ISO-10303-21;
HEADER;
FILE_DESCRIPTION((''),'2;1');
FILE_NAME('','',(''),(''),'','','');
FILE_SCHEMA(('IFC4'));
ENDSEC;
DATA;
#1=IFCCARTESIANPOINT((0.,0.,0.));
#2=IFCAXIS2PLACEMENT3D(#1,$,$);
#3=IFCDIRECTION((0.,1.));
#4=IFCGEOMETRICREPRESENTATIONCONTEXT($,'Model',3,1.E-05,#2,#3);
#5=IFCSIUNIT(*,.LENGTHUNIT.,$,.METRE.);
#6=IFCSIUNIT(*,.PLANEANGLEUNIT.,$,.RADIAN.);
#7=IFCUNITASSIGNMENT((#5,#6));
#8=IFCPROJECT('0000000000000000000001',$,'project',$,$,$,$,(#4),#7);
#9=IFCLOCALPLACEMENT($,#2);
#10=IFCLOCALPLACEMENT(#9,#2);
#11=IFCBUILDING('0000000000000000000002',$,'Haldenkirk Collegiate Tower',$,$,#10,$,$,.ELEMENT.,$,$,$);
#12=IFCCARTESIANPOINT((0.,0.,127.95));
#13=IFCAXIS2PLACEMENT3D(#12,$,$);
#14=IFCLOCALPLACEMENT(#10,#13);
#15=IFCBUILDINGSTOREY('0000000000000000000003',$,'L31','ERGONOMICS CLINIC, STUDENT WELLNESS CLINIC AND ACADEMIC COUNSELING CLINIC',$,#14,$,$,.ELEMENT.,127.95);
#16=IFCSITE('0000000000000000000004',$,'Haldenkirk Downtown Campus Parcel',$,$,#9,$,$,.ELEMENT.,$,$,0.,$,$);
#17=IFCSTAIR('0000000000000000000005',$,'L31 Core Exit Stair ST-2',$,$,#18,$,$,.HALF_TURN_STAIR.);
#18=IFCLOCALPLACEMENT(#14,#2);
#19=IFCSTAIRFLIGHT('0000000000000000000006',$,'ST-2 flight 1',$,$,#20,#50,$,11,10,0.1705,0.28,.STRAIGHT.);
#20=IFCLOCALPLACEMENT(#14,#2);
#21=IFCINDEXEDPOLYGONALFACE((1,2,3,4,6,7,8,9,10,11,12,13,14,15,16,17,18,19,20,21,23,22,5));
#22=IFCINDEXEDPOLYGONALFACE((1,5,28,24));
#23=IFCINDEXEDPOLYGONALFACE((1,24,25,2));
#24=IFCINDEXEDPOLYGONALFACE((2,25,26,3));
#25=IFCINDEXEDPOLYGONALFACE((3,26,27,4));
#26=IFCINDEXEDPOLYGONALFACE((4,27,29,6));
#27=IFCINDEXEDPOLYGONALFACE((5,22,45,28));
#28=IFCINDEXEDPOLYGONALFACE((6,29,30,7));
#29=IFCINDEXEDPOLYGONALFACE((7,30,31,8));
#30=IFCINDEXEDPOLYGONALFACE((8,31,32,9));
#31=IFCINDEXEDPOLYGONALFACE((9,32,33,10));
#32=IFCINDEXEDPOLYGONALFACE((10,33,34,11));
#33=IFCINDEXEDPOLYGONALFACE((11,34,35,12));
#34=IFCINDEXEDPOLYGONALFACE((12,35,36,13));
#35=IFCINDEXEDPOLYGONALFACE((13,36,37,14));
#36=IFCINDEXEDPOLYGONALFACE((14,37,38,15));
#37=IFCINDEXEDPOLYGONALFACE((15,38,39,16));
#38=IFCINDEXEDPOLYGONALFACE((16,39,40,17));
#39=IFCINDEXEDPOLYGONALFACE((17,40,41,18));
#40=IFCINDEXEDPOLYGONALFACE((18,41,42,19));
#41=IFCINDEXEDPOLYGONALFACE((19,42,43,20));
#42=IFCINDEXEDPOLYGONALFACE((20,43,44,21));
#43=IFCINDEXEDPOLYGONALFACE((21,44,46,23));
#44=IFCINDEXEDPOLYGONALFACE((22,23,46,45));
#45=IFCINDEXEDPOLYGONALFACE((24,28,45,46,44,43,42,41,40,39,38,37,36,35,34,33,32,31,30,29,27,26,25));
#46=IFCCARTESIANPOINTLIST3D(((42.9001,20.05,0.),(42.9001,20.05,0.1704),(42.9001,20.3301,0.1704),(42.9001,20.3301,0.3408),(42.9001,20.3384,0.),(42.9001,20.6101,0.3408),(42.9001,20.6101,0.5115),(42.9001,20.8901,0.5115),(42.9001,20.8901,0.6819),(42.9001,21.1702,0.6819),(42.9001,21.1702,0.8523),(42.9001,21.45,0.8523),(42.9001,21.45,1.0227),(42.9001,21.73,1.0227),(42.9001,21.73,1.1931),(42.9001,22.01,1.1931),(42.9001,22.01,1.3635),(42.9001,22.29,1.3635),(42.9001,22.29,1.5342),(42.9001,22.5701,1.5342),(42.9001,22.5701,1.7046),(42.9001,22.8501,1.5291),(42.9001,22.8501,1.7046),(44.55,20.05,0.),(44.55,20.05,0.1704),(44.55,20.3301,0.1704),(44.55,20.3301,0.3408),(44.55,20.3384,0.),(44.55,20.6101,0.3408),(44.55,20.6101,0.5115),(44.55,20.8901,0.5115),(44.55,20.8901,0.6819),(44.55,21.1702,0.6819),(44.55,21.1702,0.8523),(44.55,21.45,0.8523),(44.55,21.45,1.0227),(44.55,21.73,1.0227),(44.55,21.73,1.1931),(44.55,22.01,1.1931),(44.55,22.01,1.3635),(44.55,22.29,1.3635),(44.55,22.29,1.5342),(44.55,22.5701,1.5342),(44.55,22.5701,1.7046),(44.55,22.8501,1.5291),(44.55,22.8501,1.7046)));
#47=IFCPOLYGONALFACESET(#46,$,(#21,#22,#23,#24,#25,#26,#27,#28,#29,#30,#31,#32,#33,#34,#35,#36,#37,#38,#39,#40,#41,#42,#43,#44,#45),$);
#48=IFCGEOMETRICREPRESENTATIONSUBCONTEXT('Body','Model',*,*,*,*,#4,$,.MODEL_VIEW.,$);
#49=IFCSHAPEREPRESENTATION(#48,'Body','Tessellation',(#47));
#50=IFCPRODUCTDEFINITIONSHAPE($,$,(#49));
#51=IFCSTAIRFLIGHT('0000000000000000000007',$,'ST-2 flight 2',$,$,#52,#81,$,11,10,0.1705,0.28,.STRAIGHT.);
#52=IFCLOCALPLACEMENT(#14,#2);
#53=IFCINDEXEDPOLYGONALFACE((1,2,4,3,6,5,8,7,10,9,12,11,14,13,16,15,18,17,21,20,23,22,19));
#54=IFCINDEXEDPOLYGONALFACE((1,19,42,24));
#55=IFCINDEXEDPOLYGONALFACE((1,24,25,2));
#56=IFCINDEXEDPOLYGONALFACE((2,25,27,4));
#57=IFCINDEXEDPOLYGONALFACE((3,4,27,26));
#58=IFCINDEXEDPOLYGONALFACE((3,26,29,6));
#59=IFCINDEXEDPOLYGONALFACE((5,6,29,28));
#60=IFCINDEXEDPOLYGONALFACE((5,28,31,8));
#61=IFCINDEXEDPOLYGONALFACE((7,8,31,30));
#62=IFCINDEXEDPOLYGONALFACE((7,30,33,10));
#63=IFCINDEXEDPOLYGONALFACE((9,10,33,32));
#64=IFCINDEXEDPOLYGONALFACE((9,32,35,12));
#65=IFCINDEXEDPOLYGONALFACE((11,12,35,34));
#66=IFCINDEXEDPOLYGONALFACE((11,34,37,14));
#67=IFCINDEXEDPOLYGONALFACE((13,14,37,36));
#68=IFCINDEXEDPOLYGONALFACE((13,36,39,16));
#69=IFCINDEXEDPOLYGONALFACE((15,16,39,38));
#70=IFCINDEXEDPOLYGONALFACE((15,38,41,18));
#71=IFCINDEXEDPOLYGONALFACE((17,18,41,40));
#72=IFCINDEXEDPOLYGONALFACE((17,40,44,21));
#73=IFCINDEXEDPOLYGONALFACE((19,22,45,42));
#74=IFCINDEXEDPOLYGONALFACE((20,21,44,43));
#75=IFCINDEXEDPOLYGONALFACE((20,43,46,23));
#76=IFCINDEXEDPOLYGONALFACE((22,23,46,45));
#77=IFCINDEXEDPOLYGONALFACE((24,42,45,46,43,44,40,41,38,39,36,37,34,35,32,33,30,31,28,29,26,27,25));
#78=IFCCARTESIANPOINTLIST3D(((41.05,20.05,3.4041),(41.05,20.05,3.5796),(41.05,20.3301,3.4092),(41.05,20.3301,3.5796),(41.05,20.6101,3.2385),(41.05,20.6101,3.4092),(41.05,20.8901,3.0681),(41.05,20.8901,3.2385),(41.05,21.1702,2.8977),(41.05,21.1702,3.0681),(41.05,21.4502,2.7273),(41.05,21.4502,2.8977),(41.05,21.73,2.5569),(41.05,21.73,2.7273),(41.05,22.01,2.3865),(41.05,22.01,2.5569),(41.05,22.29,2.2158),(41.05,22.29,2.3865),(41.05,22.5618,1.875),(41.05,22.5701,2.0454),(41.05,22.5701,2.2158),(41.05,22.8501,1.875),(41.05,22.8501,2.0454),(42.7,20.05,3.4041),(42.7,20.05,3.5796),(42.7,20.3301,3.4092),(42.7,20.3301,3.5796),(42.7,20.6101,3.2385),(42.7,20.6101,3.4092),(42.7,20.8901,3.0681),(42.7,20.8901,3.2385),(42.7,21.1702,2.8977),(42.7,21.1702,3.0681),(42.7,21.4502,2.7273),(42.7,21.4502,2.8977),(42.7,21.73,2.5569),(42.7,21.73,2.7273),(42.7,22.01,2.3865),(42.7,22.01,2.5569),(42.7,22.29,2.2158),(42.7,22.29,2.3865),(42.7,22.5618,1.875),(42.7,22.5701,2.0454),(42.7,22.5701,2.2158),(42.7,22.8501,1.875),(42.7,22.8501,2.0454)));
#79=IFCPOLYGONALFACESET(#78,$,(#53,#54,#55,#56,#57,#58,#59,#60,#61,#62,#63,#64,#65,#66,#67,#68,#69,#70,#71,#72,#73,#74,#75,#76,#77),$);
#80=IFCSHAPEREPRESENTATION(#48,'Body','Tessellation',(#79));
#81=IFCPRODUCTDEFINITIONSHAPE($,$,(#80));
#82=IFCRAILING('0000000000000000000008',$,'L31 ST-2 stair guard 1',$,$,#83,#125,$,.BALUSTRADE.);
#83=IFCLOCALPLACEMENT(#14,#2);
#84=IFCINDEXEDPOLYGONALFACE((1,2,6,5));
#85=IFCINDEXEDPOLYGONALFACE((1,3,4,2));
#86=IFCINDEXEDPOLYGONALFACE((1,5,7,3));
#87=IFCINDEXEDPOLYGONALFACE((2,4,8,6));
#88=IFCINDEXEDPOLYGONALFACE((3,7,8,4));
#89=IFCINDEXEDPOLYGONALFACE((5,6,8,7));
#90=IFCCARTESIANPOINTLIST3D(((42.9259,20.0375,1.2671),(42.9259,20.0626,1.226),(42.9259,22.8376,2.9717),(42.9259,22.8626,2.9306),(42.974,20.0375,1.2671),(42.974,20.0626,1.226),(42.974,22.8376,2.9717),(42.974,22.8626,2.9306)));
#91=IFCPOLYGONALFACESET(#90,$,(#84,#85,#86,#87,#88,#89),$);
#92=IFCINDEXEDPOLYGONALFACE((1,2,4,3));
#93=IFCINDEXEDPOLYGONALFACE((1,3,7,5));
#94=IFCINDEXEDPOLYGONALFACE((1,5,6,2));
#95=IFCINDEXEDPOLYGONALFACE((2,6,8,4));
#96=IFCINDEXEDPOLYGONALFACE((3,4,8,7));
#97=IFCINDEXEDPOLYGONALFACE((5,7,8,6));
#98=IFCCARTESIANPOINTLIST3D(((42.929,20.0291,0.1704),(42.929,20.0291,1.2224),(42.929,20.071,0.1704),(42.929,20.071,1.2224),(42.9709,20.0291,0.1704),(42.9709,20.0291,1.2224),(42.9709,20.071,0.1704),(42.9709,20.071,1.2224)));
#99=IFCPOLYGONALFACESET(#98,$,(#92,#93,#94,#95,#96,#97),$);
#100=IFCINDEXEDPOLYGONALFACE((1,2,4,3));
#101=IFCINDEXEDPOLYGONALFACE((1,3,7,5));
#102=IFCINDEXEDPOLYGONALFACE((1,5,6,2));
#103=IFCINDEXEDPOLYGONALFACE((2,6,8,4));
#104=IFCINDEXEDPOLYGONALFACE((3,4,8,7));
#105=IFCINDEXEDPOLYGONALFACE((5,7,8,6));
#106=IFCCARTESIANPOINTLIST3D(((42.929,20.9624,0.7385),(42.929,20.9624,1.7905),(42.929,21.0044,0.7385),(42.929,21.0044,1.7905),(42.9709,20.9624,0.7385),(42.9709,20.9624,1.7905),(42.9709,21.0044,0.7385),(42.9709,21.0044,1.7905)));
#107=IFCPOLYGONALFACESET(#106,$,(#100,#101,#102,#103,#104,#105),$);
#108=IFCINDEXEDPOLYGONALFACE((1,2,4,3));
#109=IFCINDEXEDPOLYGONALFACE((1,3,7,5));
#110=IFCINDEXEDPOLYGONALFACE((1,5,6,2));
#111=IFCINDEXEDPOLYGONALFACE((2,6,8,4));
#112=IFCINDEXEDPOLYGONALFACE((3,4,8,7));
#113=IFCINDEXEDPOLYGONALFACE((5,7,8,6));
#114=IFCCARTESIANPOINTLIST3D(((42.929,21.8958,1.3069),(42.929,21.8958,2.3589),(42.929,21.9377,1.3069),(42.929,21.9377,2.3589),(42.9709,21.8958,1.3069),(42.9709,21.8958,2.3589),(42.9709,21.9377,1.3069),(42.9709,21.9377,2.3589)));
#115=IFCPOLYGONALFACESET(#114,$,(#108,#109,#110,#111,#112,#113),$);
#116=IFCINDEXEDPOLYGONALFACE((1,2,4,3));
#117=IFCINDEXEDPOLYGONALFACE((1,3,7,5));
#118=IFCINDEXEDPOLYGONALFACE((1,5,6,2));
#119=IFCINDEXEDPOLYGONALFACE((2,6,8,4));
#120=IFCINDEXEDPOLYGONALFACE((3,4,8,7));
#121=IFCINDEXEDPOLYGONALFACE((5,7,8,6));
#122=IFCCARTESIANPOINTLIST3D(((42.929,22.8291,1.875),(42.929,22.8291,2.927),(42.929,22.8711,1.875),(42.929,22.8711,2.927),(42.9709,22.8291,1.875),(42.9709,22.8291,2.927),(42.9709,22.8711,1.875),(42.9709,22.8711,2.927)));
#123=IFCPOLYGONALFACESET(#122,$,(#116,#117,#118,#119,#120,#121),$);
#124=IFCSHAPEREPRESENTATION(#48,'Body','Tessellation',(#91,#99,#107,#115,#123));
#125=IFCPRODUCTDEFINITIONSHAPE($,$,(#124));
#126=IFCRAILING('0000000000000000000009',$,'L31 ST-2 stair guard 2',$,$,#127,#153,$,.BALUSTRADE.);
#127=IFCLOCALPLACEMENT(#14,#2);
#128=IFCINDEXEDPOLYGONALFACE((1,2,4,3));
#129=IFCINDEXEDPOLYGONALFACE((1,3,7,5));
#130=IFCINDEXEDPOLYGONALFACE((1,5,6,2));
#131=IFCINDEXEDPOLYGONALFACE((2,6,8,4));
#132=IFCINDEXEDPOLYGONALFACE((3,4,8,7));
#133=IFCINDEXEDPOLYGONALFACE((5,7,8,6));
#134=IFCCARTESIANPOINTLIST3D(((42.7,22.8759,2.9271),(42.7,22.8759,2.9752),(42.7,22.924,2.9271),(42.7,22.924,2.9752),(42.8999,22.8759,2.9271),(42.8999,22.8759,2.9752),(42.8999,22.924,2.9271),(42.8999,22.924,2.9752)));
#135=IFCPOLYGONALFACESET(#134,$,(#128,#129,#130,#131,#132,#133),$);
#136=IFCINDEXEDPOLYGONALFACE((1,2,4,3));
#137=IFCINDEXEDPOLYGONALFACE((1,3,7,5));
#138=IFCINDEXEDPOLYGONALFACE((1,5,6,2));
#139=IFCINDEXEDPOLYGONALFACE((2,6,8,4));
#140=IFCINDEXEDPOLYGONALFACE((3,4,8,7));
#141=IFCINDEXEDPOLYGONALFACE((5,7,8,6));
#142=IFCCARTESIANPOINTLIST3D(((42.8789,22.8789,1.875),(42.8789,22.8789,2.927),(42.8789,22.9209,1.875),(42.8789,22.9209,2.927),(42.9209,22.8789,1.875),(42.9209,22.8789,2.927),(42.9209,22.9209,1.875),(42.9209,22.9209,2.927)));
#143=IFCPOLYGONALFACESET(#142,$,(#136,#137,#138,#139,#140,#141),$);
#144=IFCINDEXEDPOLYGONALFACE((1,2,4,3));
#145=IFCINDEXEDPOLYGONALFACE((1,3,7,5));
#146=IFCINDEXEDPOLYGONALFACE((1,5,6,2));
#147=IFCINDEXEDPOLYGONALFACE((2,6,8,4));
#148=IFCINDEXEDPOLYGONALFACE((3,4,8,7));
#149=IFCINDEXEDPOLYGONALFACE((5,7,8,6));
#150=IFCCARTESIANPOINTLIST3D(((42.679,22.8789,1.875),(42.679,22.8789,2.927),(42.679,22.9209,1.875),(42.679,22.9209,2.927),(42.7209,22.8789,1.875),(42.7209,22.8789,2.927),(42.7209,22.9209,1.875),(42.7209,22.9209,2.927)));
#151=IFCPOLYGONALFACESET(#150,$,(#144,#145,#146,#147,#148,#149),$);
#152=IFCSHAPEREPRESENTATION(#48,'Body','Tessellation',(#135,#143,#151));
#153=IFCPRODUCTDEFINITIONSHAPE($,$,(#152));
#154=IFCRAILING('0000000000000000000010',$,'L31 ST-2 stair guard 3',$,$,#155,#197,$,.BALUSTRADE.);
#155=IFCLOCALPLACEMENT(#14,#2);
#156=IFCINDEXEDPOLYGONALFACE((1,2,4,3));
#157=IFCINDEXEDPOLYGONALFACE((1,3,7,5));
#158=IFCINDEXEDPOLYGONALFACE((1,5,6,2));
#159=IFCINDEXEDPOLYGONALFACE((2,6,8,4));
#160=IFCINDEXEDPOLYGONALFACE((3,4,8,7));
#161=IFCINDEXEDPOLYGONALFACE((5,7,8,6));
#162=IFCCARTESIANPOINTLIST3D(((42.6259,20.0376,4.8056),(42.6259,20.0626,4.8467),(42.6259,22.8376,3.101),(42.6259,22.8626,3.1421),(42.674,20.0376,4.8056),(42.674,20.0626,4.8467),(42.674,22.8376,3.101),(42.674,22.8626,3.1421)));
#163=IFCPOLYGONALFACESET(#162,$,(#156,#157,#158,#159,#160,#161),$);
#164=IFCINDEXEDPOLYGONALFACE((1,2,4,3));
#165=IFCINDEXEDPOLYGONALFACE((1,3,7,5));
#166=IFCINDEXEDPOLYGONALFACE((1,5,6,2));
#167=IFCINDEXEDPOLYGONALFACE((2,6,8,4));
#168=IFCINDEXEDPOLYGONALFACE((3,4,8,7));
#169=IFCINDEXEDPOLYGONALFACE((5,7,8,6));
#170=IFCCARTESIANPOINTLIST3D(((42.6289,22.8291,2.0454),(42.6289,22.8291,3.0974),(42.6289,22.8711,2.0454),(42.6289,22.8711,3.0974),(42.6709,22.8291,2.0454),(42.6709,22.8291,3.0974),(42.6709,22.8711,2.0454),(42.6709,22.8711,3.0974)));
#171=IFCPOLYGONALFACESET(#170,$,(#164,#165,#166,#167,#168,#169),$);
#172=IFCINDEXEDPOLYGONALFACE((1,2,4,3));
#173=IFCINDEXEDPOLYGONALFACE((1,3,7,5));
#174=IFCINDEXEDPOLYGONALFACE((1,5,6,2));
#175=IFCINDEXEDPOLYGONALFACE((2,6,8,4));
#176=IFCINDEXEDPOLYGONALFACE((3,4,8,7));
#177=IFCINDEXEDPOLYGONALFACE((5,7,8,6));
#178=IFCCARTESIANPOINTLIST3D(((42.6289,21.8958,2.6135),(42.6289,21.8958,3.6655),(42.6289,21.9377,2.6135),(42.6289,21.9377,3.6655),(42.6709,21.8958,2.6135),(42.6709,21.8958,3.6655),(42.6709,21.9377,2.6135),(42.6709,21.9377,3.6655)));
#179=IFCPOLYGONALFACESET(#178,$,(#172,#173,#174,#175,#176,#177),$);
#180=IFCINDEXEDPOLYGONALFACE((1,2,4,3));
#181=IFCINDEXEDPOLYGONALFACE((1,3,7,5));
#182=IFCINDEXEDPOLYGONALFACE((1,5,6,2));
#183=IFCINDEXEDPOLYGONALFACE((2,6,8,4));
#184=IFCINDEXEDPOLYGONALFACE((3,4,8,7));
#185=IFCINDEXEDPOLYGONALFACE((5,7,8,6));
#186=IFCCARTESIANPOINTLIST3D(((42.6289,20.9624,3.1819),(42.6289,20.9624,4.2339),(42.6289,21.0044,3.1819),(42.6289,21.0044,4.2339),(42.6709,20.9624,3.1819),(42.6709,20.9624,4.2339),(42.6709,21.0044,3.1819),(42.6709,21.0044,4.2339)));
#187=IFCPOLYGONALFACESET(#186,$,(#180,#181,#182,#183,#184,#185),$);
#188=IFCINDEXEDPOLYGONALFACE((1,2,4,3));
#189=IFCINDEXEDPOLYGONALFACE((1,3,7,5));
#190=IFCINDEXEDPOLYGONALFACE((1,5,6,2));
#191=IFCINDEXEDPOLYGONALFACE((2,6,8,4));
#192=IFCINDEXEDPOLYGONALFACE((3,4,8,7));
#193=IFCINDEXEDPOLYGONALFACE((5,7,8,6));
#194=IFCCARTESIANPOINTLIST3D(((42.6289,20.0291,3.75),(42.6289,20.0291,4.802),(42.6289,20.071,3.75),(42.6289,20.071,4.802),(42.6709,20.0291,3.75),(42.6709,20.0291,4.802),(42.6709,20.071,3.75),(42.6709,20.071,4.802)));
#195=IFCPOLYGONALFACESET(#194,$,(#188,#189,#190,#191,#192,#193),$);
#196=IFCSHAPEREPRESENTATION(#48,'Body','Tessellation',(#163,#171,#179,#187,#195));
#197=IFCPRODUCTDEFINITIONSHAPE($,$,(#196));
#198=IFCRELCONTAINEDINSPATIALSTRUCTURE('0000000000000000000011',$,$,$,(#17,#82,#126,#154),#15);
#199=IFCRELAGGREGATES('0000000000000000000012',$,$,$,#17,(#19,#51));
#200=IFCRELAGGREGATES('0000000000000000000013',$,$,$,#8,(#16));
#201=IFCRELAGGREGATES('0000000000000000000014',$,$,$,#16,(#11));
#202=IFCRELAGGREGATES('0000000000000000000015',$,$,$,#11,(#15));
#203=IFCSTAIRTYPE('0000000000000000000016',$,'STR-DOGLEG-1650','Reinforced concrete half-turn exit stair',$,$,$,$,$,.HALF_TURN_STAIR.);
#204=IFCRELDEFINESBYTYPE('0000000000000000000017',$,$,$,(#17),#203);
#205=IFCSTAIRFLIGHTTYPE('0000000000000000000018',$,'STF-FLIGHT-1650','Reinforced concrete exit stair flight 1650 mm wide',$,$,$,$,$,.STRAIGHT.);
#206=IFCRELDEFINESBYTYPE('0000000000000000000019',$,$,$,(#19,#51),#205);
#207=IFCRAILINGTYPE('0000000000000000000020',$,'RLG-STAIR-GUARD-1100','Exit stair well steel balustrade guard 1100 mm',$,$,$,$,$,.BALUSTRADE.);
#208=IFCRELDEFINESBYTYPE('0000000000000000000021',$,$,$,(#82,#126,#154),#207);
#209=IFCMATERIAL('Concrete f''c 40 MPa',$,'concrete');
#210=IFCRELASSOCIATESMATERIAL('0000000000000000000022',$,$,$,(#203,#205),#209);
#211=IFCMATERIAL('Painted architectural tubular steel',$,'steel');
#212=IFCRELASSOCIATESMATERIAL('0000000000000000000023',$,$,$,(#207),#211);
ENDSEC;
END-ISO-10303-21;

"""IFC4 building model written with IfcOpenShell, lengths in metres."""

from ifc_helpers import new_model, si_unit, direction, frame, origin, origin_2d, place, context, subcontext, project, spatial, polyline, rectangle, outline, extrude, material, type_object, element, aggregate, save


model = new_model("IFC4")

# Units and contexts
model_context = context("Model", 3, precision=1e-05, world=origin(), true_north=direction((0.0, 1.0)))
body_context = subcontext(model_context, "Body", "Model", "MODEL_VIEW")
ifc_project = project(units=[si_unit("LENGTHUNIT", "METRE"), si_unit("PLANEANGLEUNIT", "RADIAN")], contexts=[model_context])

# Site, building, storey
site_placement = place(None, origin())
site = spatial("IfcSite", under=ifc_project, at=site_placement, Name="Haldenkirk Downtown Campus Parcel", CompositionType="ELEMENT", RefElevation=0.0)
building_placement = place(site_placement, origin())
building = spatial("IfcBuilding", under=site, at=building_placement, Name="Haldenkirk Collegiate Tower", CompositionType="ELEMENT")
storey_placement = place(building_placement, frame((0.0, 0.0, 127.95)))
storey = spatial("IfcBuildingStorey", under=building, at=storey_placement, Name="L31", Description="ERGONOMICS CLINIC, STUDENT WELLNESS CLINIC AND ACADEMIC COUNSELING CLINIC", CompositionType="ELEMENT", Elevation=127.95)

# Stair, stair flights
ifc_material_1 = material(Name="Concrete f'c 40 MPa", Category="concrete")
stair_type = type_object("IfcStairType", Name="STR-DOGLEG-1650", Description="Reinforced concrete half-turn exit stair", PredefinedType="HALF_TURN_STAIR", material=ifc_material_1)
stair_placement = place(storey_placement, origin())
stair = element("IfcStair", 1, at=stair_placement, inside=storey, type_object=stair_type, Name="L31 Core Exit Stair ST-2", PredefinedType="HALF_TURN_STAIR")
stair_flight_type = type_object("IfcStairFlightType", Name="STF-FLIGHT-1650", Description="Reinforced concrete exit stair flight 1650 mm wide", PredefinedType="STRAIGHT", material=ifc_material_1)
stair_flight_1_placement = place(storey_placement, frame((43.7251, 20.05, 0.0), z_axis=(0.0, 0.0, 1.0), x_axis=(0.0, 1.0, 0.0)))
stair_flight_1 = element("IfcStairFlight", 2, at=stair_flight_1_placement, type_object=stair_flight_type, Name="ST-2 flight 1", NumberOfRisers=11, NumberOfTreads=10, PredefinedType="STRAIGHT", RiserHeight=0.1705, TreadLength=0.28, context=body_context, shape_type="SweptSolid", body=[
    extrude(outline(polyline([(0.0, 0.0), (0.0, 0.1704), (0.28, 0.1704), (0.28, 0.3408), (0.5601, 0.3408), (0.5601, 0.5115), (0.8401, 0.5115), (0.8401, 0.6819), (1.1201, 0.6819), (1.1201, 0.8523), (1.3999, 0.8523), (1.3999, 1.0227), (1.6799, 1.0227), (1.6799, 1.1931), (1.96, 1.1931), (1.96, 1.3635), (2.24, 1.3635), (2.24, 1.5342), (2.52, 1.5342), (2.52, 1.7046), (2.8, 1.7046), (2.8, 1.875), (2.8, 1.5291), (0.2883, 0.0), (0.0, 0.0)])), frame((0.0, 0.825, 0.0), z_axis=(0.0, -1.0, 0.0), x_axis=(1.0, 0.0, 0.0)), (0.0, 0.0, 1.0), 1.6499),
])
stair_flight_2_placement = place(storey_placement, frame((41.875, 22.8501, 1.875), z_axis=(0.0, 0.0, 1.0), x_axis=(0.0, -1.0, 0.0)))
stair_flight_2 = element("IfcStairFlight", 3, at=stair_flight_2_placement, type_object=stair_flight_type, Name="ST-2 flight 2", NumberOfRisers=11, NumberOfTreads=10, PredefinedType="STRAIGHT", RiserHeight=0.1705, TreadLength=0.28, context=body_context, shape_type="SweptSolid", body=[
    extrude(outline(polyline([(0.0, 0.0), (0.0, 0.1704), (0.28, 0.1704), (0.28, 0.3408), (0.5601, 0.3408), (0.5601, 0.5115), (0.8401, 0.5115), (0.8401, 0.6819), (1.1201, 0.6819), (1.1201, 0.8523), (1.3999, 0.8523), (1.3999, 1.0227), (1.6799, 1.0227), (1.6799, 1.1931), (1.96, 1.1931), (1.96, 1.3635), (2.24, 1.3635), (2.24, 1.5342), (2.52, 1.5342), (2.52, 1.7046), (2.8, 1.7046), (2.8, 1.875), (2.8, 1.5291), (0.2883, 0.0), (0.0, 0.0)])), frame((0.0, 0.825, 0.0), z_axis=(0.0, -1.0, 0.0), x_axis=(1.0, 0.0, 0.0)), (0.0, 0.0, 1.0), 1.6499),
])
aggregate(stair, [stair_flight_1, stair_flight_2])

# Railings
ifc_material_2 = material(Name="Painted architectural tubular steel", Category="steel")
railing_type_1 = type_object("IfcRailingType", Name="RLG-STAIR-GUARD-1100", Description="Exit stair well steel balustrade guard 1100 mm", PredefinedType="BALUSTRADE", material=ifc_material_2)
railing_1_placement = place(storey_placement, frame((42.95, 20.05, 0.1704)))
element("IfcRailing", 4, at=railing_1_placement, inside=storey, type_object=railing_type_1, Name="L31 ST-2 stair guard 1", PredefinedType="BALUSTRADE", context=body_context, shape_type="SweptSolid", body=[
    extrude(rectangle(XDim=0.0481, YDim=0.0481, at=origin_2d()), frame((0.0, 0.0, 1.0762), z_axis=(0.0, 0.85417, 0.519994), x_axis=(-1.0, 0.0, 0.0)), (0.0, 0.0, 1.0), 3.2781),
    extrude(rectangle(XDim=0.042, YDim=0.042, at=origin_2d()), origin(), (0.0, 0.0, 1.0), 1.052),
    extrude(rectangle(XDim=0.042, YDim=0.042, at=origin_2d()), frame((0.0, 0.9333, 0.5681)), (0.0, 0.0, 1.0), 1.052),
    extrude(rectangle(XDim=0.042, YDim=0.042, at=origin_2d()), frame((0.0, 1.8667, 1.1365)), (0.0, 0.0, 1.0), 1.052),
    extrude(rectangle(XDim=0.042, YDim=0.042, at=origin_2d()), frame((0.0, 2.8, 1.7046)), (0.0, 0.0, 1.0), 1.052),
])
railing_2_placement = place(storey_placement, frame((42.8999, 22.8999, 1.875)))
element("IfcRailing", 5, at=railing_2_placement, inside=storey, type_object=railing_type_1, Name="L31 ST-2 stair guard 2", PredefinedType="BALUSTRADE", context=body_context, shape_type="SweptSolid", body=[
    extrude(rectangle(XDim=0.0481, YDim=0.0481, at=origin_2d()), frame((0.0, 0.0, 1.0762), z_axis=(-1.0, 0.0, 0.0), x_axis=(0.0, -1.0, 0.0)), (0.0, 0.0, 1.0), 0.2),
    extrude(rectangle(XDim=0.042, YDim=0.042, at=origin_2d()), origin(), (0.0, 0.0, 1.0), 1.052),
    extrude(rectangle(XDim=0.042, YDim=0.042, at=origin_2d()), frame((-0.2, 0.0, 0.0)), (0.0, 0.0, 1.0), 1.052),
])
railing_3_placement = place(storey_placement, frame((42.6499, 22.8501, 2.0454)))
element("IfcRailing", 6, at=railing_3_placement, inside=storey, type_object=railing_type_1, Name="L31 ST-2 stair guard 3", PredefinedType="BALUSTRADE", context=body_context, shape_type="SweptSolid", body=[
    extrude(rectangle(XDim=0.0481, YDim=0.0481, at=origin_2d()), frame((0.0, 0.0, 1.0762), z_axis=(0.0, -0.85417, 0.519994), x_axis=(1.0, 0.0, 0.0)), (0.0, 0.0, 1.0), 3.2781),
    extrude(rectangle(XDim=0.042, YDim=0.042, at=origin_2d()), origin(), (0.0, 0.0, 1.0), 1.052),
    extrude(rectangle(XDim=0.042, YDim=0.042, at=origin_2d()), frame((0.0, -0.9333, 0.5681)), (0.0, 0.0, 1.0), 1.052),
    extrude(rectangle(XDim=0.042, YDim=0.042, at=origin_2d()), frame((0.0, -1.8667, 1.1365)), (0.0, 0.0, 1.0), 1.052),
    extrude(rectangle(XDim=0.042, YDim=0.042, at=origin_2d()), frame((0.0, -2.8, 1.7046)), (0.0, 0.0, 1.0), 1.052),
])

save(model, "model.ifc")
